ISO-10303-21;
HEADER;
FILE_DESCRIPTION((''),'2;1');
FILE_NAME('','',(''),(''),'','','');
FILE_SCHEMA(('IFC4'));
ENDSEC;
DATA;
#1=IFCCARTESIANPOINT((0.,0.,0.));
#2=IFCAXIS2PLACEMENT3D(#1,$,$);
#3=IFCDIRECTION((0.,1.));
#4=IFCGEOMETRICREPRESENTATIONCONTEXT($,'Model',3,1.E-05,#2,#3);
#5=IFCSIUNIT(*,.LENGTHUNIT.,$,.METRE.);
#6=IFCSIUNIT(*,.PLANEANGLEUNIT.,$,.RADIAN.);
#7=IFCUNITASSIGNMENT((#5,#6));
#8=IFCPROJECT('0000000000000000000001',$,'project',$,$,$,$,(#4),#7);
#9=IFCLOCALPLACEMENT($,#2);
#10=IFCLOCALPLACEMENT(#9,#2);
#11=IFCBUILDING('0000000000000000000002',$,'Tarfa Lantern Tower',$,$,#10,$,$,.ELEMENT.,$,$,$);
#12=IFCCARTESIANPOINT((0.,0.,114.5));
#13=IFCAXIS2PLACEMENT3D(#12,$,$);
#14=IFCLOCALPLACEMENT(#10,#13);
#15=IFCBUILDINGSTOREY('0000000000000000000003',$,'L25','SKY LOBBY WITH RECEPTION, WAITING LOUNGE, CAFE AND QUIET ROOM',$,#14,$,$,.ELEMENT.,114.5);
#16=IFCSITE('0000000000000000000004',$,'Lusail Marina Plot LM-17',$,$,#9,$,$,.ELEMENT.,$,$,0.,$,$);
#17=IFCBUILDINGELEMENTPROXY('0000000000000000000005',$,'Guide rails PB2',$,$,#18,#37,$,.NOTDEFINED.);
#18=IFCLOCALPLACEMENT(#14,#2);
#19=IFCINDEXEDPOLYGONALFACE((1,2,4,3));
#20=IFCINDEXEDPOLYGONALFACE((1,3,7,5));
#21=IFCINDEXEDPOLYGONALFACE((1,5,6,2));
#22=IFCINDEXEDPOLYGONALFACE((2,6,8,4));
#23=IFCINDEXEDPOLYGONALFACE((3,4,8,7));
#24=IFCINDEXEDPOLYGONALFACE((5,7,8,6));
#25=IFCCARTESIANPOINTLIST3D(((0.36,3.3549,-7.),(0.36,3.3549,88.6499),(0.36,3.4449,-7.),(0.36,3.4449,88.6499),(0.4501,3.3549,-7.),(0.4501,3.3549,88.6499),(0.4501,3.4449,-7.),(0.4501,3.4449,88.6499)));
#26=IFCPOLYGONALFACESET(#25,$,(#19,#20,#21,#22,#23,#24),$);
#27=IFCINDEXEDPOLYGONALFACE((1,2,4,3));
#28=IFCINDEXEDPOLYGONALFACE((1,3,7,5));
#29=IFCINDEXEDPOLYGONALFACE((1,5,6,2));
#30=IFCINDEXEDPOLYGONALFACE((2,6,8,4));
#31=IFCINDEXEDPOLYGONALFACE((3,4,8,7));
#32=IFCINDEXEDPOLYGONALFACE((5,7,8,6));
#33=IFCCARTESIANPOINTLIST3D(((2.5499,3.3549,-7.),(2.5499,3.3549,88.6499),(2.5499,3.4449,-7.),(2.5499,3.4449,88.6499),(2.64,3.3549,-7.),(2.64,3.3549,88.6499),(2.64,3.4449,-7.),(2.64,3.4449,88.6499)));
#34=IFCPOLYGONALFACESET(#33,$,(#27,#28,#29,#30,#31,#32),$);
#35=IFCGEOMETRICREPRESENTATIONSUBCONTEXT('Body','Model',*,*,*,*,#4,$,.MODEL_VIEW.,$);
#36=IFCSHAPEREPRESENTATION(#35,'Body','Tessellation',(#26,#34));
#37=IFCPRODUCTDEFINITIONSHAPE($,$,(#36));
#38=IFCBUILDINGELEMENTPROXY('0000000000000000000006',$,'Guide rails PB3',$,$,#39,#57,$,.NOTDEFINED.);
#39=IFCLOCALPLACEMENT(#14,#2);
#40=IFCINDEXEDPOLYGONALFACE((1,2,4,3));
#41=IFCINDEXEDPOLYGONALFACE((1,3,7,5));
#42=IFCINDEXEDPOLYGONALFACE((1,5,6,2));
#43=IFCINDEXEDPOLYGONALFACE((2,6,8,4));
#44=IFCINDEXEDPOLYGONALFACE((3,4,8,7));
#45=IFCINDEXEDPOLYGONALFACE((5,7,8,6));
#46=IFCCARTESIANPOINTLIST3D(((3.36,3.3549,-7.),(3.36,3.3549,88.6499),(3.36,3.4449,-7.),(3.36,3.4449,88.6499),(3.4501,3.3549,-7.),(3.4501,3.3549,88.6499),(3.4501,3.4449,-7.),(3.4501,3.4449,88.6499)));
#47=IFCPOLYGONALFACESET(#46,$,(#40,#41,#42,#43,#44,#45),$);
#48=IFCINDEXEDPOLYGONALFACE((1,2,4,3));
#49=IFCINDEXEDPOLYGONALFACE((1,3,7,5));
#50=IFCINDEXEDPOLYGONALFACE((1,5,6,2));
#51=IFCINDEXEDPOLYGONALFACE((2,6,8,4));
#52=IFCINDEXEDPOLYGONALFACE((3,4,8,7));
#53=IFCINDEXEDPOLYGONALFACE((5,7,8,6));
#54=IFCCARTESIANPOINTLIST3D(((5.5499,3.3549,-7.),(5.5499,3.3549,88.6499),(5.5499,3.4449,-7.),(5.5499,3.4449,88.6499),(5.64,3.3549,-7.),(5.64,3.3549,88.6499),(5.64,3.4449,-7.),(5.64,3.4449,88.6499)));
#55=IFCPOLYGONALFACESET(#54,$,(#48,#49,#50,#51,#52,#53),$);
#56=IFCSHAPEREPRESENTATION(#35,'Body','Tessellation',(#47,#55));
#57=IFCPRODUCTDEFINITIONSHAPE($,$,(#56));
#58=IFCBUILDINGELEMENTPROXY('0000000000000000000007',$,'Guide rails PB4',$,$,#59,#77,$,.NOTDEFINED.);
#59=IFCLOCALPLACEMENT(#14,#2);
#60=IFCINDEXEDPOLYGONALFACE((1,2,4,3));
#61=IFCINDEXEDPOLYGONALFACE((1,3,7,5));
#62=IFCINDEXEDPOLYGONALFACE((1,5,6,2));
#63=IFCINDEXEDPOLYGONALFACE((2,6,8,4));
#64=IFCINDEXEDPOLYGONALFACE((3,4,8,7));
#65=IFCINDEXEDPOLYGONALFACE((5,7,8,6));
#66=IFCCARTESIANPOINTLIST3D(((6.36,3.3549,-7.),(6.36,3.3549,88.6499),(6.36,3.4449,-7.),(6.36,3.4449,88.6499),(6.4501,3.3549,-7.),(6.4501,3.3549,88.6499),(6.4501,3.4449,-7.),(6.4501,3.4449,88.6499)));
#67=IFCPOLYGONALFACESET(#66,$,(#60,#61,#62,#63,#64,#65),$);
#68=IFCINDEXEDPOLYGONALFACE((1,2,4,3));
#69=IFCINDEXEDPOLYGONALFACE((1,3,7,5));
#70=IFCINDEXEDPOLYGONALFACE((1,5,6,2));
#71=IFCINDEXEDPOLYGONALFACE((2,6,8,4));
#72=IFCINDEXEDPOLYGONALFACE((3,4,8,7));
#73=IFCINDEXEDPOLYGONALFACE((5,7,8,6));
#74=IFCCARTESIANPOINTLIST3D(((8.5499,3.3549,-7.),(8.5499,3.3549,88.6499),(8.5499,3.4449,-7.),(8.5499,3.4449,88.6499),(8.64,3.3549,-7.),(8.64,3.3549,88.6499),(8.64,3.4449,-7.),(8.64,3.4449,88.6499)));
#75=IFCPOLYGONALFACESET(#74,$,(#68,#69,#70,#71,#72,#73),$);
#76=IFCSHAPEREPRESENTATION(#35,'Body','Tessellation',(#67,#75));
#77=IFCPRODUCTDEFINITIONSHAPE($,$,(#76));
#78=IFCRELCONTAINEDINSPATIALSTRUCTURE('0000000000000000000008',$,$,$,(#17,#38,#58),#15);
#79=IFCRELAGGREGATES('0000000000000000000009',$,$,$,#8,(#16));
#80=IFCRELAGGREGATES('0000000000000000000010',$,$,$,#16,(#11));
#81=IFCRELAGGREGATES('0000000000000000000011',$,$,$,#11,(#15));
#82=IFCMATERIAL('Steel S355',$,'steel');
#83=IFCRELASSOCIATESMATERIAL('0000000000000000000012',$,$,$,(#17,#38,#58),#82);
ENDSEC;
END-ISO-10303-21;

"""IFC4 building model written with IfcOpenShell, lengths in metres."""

from ifc_helpers import new_model, si_unit, direction, frame, frame_2d, origin, origin_2d, place, context, subcontext, project, spatial, rectangle, extrude, material, element, save


model = new_model("IFC4")

# Units and contexts
model_context = context("Model", 3, precision=1e-05, world=origin(), true_north=direction((0.0, 1.0)))
body_context = subcontext(model_context, "Body", "Model", "MODEL_VIEW")
ifc_project = project(units=[si_unit("LENGTHUNIT", "METRE"), si_unit("PLANEANGLEUNIT", "RADIAN")], contexts=[model_context])

# Site, building, storey
site_placement = place(None, origin())
site = spatial("IfcSite", under=ifc_project, at=site_placement, Name="Lusail Marina Plot LM-17", CompositionType="ELEMENT", RefElevation=0.0)
building_placement = place(site_placement, origin())
building = spatial("IfcBuilding", under=site, at=building_placement, Name="Tarfa Lantern Tower", CompositionType="ELEMENT")
storey_placement = place(building_placement, frame((0.0, 0.0, 114.5)))
storey = spatial("IfcBuildingStorey", under=building, at=storey_placement, Name="L25", Description="SKY LOBBY WITH RECEPTION, WAITING LOUNGE, CAFE AND QUIET ROOM", CompositionType="ELEMENT", Elevation=114.5)

# Building element proxies
ifc_material_1 = material(Name="Steel S355", Category="steel")
for number, where, z_axis, x_axis, name in (
    (1, (0.405, 3.3999, -7.0), (0.0, 0.0, 1.0), (1.0, 0.0, 0.0), "Guide rails PB2"),
    (2, (3.405, 3.3999, -7.0), (0.0, 0.0, 1.0), (1.0, 0.0, 0.0), "Guide rails PB3"),
    (3, (6.405, 3.3999, -7.0), (0.0, 0.0, 1.0), (1.0, 0.0, 0.0), "Guide rails PB4"),
):
    element("IfcBuildingElementProxy", number, at=place(storey_placement, frame(where, z_axis=z_axis, x_axis=x_axis)), inside=storey, material=ifc_material_1, Name=name, PredefinedType="NOTDEFINED", context=body_context, shape_type="SweptSolid", body=[
        extrude(rectangle(XDim=0.0901, YDim=0.0901, at=origin_2d()), origin(), (0.0, 0.0, 1.0), 95.6499),
        extrude(rectangle(XDim=0.0901, YDim=0.0901, at=frame_2d((2.1899, 0.0))), origin(), (0.0, 0.0, 1.0), 95.6499),
    ])

save(model, "model.ifc")
